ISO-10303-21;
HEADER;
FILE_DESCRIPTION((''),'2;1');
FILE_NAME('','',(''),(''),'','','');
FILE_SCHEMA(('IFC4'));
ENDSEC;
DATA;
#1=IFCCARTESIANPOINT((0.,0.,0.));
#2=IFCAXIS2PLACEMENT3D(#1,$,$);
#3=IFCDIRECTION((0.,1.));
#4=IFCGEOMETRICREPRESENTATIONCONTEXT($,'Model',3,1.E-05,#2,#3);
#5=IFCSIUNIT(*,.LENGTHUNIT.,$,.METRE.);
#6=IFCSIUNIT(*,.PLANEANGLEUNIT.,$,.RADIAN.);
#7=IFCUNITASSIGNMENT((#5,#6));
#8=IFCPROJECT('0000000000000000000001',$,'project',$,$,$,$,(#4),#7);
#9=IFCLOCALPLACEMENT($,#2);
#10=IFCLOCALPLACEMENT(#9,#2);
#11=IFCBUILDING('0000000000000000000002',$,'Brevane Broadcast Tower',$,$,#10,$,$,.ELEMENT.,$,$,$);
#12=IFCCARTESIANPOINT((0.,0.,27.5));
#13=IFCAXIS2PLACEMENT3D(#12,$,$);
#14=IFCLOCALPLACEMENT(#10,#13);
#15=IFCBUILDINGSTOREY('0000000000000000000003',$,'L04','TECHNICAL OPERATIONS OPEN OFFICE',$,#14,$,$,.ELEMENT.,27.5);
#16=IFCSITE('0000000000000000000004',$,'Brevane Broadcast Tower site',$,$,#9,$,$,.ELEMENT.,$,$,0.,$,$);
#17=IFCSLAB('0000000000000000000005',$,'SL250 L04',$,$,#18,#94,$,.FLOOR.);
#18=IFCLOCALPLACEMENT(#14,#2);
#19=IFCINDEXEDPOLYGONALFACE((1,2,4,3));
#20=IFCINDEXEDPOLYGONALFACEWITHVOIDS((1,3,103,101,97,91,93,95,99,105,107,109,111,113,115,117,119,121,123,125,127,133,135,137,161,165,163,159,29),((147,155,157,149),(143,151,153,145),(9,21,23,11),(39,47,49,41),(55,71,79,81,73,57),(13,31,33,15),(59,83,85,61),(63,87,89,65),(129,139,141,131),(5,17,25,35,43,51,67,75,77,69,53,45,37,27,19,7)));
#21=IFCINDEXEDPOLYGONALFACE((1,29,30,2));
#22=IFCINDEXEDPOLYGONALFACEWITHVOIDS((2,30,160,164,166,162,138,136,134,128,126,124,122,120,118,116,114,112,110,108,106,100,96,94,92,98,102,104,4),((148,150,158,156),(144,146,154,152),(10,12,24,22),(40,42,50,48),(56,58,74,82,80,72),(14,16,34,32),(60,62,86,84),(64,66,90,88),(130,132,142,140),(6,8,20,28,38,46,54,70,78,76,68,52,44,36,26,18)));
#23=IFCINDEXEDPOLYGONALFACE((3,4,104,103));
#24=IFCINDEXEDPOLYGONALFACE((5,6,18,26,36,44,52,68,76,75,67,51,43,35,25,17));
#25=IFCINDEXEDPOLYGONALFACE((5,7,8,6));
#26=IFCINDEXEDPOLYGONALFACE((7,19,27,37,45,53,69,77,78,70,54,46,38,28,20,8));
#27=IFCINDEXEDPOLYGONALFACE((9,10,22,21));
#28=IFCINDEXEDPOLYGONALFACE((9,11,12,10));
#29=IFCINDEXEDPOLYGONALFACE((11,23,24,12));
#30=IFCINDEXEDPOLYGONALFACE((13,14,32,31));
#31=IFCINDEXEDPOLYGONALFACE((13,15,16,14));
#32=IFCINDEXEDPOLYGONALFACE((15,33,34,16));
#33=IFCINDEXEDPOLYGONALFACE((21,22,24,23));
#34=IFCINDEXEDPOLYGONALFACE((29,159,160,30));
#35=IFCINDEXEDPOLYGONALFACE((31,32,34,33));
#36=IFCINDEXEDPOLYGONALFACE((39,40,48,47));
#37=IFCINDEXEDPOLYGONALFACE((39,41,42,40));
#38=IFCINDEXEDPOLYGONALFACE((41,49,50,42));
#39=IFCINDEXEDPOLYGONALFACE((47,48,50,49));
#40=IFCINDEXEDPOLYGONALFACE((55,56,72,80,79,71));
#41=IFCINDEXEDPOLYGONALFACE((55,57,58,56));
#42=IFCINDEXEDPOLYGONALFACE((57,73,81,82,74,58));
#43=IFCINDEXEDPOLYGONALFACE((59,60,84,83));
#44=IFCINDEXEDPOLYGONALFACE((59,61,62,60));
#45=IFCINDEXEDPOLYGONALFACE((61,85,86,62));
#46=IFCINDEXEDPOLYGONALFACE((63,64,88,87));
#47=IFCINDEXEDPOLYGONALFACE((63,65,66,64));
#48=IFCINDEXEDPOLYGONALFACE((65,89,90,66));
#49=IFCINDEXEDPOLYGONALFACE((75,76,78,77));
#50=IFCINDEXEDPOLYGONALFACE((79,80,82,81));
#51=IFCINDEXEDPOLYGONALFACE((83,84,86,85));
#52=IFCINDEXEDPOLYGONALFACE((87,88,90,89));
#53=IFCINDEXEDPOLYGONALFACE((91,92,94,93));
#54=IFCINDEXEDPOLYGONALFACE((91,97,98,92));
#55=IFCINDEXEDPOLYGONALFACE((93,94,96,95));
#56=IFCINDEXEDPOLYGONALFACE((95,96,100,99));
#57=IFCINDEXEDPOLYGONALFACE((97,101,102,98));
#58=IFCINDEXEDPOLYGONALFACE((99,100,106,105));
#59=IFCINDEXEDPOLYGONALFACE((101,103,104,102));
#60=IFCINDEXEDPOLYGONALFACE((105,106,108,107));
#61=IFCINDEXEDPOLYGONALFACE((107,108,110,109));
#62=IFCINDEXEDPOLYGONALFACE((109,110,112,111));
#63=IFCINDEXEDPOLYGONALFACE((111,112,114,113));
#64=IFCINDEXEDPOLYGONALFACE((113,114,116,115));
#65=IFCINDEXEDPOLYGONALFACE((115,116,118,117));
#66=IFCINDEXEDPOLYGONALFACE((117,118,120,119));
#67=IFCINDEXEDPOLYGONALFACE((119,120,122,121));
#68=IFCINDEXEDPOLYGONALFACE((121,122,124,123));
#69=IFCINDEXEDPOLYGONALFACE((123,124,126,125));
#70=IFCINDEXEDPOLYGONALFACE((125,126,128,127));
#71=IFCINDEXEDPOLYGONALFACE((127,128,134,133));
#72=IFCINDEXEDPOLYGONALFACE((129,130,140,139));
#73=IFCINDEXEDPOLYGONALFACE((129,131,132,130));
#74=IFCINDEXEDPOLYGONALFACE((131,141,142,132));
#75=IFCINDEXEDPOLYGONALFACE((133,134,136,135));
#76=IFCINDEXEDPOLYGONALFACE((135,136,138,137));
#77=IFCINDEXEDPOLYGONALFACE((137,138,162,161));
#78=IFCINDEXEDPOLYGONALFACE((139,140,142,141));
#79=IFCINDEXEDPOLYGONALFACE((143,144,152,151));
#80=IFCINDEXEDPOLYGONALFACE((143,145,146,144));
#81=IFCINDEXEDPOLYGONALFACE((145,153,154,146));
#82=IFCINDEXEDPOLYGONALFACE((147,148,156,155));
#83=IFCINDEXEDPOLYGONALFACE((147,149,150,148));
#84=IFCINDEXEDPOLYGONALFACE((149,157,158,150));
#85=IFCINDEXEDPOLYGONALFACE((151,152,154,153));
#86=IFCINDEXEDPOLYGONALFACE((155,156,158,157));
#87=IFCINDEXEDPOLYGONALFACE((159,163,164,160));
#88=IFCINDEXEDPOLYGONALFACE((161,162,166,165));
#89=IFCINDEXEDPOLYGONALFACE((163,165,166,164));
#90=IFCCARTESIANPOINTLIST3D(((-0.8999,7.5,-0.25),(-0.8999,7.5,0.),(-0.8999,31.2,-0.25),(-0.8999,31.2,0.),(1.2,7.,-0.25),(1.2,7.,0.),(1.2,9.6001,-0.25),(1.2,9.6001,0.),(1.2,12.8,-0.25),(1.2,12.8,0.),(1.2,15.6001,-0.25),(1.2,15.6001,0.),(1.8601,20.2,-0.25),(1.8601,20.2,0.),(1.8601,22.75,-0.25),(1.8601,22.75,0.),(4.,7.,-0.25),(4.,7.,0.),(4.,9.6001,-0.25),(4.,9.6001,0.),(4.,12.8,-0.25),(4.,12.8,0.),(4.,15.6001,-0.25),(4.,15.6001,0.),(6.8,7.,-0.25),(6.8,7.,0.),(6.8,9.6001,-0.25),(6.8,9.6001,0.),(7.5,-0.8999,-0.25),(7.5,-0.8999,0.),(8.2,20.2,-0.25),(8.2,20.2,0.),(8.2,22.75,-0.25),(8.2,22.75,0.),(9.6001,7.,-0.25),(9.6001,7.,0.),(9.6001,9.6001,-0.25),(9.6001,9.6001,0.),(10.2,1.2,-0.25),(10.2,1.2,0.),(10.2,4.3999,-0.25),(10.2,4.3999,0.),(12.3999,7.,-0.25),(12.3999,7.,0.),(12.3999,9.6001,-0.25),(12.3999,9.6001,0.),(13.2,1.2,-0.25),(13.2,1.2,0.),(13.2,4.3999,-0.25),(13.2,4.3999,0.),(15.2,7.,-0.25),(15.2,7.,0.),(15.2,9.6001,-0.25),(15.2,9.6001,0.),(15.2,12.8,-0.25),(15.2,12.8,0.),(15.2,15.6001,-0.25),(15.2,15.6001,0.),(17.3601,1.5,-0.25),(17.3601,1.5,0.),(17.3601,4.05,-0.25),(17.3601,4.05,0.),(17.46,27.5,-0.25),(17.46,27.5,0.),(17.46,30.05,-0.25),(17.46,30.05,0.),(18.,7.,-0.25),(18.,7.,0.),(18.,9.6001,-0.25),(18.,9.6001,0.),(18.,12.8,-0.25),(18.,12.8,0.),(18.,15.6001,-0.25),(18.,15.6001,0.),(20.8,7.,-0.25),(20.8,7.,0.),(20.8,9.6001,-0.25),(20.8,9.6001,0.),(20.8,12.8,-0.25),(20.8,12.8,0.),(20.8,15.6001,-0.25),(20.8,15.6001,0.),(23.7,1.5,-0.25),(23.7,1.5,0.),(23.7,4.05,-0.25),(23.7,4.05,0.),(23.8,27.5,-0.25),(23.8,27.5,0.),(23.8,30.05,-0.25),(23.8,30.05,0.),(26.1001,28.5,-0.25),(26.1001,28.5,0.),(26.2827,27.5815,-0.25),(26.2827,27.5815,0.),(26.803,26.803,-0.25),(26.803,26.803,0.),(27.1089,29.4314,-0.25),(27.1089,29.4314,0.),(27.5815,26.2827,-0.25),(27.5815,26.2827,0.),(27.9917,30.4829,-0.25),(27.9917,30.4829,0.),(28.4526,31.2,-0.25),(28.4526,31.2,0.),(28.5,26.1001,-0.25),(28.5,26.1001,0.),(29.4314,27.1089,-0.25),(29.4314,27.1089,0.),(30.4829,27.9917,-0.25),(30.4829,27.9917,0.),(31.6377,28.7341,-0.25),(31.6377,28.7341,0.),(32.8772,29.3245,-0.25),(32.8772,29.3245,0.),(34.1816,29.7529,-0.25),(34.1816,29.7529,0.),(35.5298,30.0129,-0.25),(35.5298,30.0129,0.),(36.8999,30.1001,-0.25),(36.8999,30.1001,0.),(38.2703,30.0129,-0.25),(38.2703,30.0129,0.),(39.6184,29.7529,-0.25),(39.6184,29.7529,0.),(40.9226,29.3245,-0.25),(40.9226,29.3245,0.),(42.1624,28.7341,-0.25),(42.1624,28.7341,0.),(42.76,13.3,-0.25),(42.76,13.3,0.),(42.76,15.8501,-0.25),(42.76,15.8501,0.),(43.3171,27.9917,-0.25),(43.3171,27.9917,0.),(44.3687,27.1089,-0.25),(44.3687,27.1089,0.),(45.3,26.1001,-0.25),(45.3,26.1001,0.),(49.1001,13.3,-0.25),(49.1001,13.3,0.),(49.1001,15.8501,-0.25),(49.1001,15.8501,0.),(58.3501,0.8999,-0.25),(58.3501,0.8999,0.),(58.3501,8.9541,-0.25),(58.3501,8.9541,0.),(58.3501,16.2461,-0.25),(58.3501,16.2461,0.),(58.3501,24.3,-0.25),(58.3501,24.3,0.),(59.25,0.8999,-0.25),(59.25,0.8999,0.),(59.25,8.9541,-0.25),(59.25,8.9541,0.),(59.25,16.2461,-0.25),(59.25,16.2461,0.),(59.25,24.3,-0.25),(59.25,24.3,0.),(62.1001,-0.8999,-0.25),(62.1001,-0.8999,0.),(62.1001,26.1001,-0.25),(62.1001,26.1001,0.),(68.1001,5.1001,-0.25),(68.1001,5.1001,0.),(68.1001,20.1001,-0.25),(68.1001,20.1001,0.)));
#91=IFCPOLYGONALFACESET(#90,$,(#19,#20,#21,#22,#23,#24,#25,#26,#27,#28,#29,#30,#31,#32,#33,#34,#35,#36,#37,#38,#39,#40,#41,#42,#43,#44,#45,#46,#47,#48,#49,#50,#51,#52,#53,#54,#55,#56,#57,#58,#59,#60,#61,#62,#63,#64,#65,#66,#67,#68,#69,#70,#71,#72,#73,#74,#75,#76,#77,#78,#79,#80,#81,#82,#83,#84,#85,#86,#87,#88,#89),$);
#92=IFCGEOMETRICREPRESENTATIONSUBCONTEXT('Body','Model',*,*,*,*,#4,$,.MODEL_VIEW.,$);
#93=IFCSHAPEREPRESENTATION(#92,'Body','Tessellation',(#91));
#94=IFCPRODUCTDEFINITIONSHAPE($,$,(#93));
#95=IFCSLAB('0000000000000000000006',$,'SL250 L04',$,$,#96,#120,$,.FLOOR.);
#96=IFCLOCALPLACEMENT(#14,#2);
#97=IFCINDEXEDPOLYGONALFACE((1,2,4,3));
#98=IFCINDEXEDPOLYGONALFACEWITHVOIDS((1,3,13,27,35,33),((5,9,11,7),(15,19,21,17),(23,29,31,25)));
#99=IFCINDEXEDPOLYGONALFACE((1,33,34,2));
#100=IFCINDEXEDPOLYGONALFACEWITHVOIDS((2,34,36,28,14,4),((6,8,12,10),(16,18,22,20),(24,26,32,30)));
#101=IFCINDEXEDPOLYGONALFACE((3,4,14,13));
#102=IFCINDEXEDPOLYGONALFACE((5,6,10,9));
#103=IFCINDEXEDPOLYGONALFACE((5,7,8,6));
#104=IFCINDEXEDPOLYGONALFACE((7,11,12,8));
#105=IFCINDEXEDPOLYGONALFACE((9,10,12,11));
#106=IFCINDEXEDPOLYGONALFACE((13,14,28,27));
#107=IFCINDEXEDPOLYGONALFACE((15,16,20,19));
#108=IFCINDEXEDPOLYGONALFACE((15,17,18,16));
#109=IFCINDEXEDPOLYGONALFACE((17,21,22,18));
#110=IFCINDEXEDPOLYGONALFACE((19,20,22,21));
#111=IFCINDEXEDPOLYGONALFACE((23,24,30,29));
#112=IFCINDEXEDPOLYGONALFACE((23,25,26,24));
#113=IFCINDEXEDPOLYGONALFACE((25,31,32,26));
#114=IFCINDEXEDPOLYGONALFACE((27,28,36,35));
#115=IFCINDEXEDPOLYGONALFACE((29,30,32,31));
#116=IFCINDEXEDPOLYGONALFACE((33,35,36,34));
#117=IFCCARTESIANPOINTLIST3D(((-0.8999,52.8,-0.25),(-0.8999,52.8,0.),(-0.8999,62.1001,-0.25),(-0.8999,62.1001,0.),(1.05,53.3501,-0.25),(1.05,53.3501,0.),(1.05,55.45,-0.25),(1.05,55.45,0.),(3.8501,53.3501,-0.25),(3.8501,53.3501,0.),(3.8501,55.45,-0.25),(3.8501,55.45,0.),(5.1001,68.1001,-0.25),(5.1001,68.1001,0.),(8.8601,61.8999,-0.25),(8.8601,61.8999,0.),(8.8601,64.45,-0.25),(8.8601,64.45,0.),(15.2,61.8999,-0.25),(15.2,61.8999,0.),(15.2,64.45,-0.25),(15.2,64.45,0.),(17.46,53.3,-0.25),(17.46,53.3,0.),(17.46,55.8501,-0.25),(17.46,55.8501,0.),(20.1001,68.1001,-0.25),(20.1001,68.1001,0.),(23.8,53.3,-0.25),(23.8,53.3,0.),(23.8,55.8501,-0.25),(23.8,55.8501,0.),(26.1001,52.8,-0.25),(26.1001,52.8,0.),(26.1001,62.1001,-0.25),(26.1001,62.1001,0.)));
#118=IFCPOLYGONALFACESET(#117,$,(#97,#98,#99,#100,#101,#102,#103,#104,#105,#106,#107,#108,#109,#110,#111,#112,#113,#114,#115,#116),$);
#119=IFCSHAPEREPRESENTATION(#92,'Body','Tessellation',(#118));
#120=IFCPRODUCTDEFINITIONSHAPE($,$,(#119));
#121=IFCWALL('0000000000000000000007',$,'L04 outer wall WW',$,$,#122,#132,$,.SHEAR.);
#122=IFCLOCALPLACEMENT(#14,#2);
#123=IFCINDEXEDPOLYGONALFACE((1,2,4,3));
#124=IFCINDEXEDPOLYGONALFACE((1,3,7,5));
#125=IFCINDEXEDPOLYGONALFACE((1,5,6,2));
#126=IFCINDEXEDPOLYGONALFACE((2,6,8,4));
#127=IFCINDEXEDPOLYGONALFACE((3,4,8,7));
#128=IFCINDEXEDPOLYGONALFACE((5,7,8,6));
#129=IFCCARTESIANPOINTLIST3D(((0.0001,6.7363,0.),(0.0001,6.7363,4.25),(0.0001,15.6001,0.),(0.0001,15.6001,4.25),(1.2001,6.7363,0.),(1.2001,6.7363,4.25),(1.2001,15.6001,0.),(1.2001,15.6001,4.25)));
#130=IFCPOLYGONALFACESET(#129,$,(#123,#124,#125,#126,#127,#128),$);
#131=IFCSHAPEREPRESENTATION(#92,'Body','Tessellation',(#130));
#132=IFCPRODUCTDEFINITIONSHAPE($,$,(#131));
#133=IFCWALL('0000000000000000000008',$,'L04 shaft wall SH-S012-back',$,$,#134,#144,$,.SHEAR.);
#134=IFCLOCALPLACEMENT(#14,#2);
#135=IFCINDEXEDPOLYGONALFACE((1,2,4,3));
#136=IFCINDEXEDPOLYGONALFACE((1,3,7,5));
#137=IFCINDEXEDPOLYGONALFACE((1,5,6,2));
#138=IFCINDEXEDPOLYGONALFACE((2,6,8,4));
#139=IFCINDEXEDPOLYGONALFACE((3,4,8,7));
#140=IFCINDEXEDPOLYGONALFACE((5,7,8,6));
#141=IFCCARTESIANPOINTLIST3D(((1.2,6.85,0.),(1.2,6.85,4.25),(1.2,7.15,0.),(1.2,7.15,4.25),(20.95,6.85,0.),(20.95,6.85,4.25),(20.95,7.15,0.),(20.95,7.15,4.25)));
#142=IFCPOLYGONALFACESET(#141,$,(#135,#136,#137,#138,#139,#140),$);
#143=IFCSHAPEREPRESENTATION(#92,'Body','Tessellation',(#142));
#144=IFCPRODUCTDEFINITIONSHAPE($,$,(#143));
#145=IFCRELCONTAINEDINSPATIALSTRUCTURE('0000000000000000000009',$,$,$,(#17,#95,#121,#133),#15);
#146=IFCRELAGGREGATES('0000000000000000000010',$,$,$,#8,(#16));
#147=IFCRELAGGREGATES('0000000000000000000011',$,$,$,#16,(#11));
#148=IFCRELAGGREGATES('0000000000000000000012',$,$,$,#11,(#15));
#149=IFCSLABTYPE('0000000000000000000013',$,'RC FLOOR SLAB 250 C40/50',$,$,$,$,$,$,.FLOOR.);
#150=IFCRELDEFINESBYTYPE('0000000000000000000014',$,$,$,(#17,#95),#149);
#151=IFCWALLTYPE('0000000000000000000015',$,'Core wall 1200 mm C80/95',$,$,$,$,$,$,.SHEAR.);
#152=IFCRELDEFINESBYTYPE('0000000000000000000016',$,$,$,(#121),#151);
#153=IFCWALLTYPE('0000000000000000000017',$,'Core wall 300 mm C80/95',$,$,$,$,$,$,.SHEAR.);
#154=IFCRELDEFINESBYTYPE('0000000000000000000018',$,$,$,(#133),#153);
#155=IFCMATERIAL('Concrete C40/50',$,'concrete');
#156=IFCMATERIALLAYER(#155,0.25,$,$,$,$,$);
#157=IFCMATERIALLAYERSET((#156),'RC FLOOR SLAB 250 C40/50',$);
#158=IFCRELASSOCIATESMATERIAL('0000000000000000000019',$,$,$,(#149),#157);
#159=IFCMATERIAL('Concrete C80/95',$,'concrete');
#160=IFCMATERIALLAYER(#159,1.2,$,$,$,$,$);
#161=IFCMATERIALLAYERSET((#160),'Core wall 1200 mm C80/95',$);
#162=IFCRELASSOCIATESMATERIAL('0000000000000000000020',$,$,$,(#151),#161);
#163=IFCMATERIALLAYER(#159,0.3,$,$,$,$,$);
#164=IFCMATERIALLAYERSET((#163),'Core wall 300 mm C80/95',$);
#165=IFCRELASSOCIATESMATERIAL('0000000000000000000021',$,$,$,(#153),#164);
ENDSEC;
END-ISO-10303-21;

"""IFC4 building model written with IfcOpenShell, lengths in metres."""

from ifc_helpers import new_model, si_unit, direction, frame, frame_2d, origin, place, context, subcontext, project, spatial, polyline, rectangle, outline, extrude, material, layer, layer_set, type_object, element, save


model = new_model("IFC4")

# Units and contexts
model_context = context("Model", 3, precision=1e-05, world=origin(), true_north=direction((0.0, 1.0)))
body_context = subcontext(model_context, "Body", "Model", "MODEL_VIEW")
ifc_project = project(units=[si_unit("LENGTHUNIT", "METRE"), si_unit("PLANEANGLEUNIT", "RADIAN")], contexts=[model_context])

# Site, building, storey
site_placement = place(None, origin())
site = spatial("IfcSite", under=ifc_project, at=site_placement, Name="Brevane Broadcast Tower site", CompositionType="ELEMENT", RefElevation=0.0)
building_placement = place(site_placement, origin())
building = spatial("IfcBuilding", under=site, at=building_placement, Name="Brevane Broadcast Tower", CompositionType="ELEMENT")
storey_placement = place(building_placement, frame((0.0, 0.0, 27.5)))
storey = spatial("IfcBuildingStorey", under=building, at=storey_placement, Name="L04", Description="TECHNICAL OPERATIONS OPEN OFFICE", CompositionType="ELEMENT", Elevation=27.5)

# Slabs
ifc_material_1 = material(Name="Concrete C40/50", Category="concrete")
ifc_layer_1 = layer(ifc_material_1, 0.25)
ifc_layer_set_1 = layer_set([ifc_layer_1], Name="RC FLOOR SLAB 250 C40/50")
slab_type_1 = type_object("IfcSlabType", Name="RC FLOOR SLAB 250 C40/50", PredefinedType="FLOOR", material=ifc_layer_set_1)
slab_1_placement = place(storey_placement, frame((0.0, 0.0, -0.25)))
element("IfcSlab", 1, at=slab_1_placement, inside=storey, type_object=slab_type_1, Name="SL250 L04", PredefinedType="FLOOR", context=body_context, shape_type="SweptSolid", body=[
    extrude(outline(polyline([(-0.8999, 31.2), (28.4526, 31.2), (27.9917, 30.4829), (27.1089, 29.4314), (26.1001, 28.5), (26.2827, 27.5815), (26.803, 26.803), (27.5815, 26.2827), (28.5, 26.1001), (29.4314, 27.1089), (30.4829, 27.9917), (31.6377, 28.7341), (32.8772, 29.3245), (34.1816, 29.7529), (35.5298, 30.0129), (36.8999, 30.1001), (38.2703, 30.0129), (39.6184, 29.7529), (40.9226, 29.3245), (42.1624, 28.7341), (43.3171, 27.9917), (44.3687, 27.1089), (45.3, 26.1001), (62.1001, 26.1001), (68.1001, 20.1001), (68.1001, 5.1001), (62.1001, -0.8999), (7.5, -0.8999), (-0.8999, 7.5), (-0.8999, 31.2)]), holes=[polyline([(13.2, 1.2), (13.2, 4.3999), (10.2, 4.3999), (10.2, 1.2), (13.2, 1.2)]), polyline([(6.8, 9.6001), (4.0, 9.6001), (1.2, 9.6001), (1.2, 7.0), (4.0, 7.0), (6.8, 7.0), (9.6001, 7.0), (12.3999, 7.0), (15.2, 7.0), (18.0, 7.0), (20.8, 7.0), (20.8, 9.6001), (18.0, 9.6001), (15.2, 9.6001), (12.3999, 9.6001), (9.6001, 9.6001), (6.8, 9.6001)]), polyline([(4.0, 12.8), (4.0, 15.6001), (1.2, 15.6001), (1.2, 12.8), (4.0, 12.8)]), polyline([(8.2, 22.75), (1.8601, 22.75), (1.8601, 20.2), (8.2, 20.2), (8.2, 22.75)]), polyline([(23.7, 4.05), (17.3601, 4.05), (17.3601, 1.5), (23.7, 1.5), (23.7, 4.05)]), polyline([(59.25, 8.9541), (58.3501, 8.9541), (58.3501, 0.8999), (59.25, 0.8999), (59.25, 8.9541)]), polyline([(15.2, 12.8), (18.0, 12.8), (20.8, 12.8), (20.8, 15.6001), (18.0, 15.6001), (15.2, 15.6001), (15.2, 12.8)]), polyline([(49.1001, 15.8501), (42.76, 15.8501), (42.76, 13.3), (49.1001, 13.3), (49.1001, 15.8501)]), polyline([(59.25, 24.3), (58.3501, 24.3), (58.3501, 16.2461), (59.25, 16.2461), (59.25, 24.3)]), polyline([(23.8, 27.5), (23.8, 30.05), (17.46, 30.05), (17.46, 27.5), (23.8, 27.5)])]), origin(), (0.0, 0.0, 1.0), 0.25),
])
slab_2_placement = place(storey_placement, frame((0.0, 0.0, -0.25)))
element("IfcSlab", 2, at=slab_2_placement, inside=storey, type_object=slab_type_1, Name="SL250 L04", PredefinedType="FLOOR", context=body_context, shape_type="SweptSolid", body=[
    extrude(outline(polyline([(5.1001, 68.1001), (20.1001, 68.1001), (26.1001, 62.1001), (26.1001, 52.8), (-0.8999, 52.8), (-0.8999, 62.1001), (5.1001, 68.1001)]), holes=[polyline([(1.05, 53.3501), (3.8501, 53.3501), (3.8501, 55.45), (1.05, 55.45), (1.05, 53.3501)]), polyline([(15.2, 61.8999), (15.2, 64.45), (8.8601, 64.45), (8.8601, 61.8999), (15.2, 61.8999)]), polyline([(23.8, 53.3), (23.8, 55.8501), (17.46, 55.8501), (17.46, 53.3), (23.8, 53.3)])]), origin(), (0.0, 0.0, 1.0), 0.25),
])

# Walls
ifc_material_2 = material(Name="Concrete C80/95", Category="concrete")
ifc_layer_2 = layer(ifc_material_2, 1.2)
ifc_layer_set_2 = layer_set([ifc_layer_2], Name="Core wall 1200 mm C80/95")
wall_type_1 = type_object("IfcWallType", Name="Core wall 1200 mm C80/95", PredefinedType="SHEAR", material=ifc_layer_set_2)
wall_1_placement = place(storey_placement, frame((0.6001, 6.7363, 0.0), z_axis=(0.0, 0.0, 1.0), x_axis=(0.0, 1.0, 0.0)))
element("IfcWall", 3, at=wall_1_placement, inside=storey, type_object=wall_type_1, Name="L04 outer wall WW", PredefinedType="SHEAR", context=body_context, shape_type="SweptSolid", body=[
    extrude(rectangle(XDim=8.8638, YDim=1.2, at=frame_2d((4.4319, 0.0))), origin(), (0.0, 0.0, 1.0), 4.25),
])
ifc_layer_3 = layer(ifc_material_2, 0.3)
ifc_layer_set_3 = layer_set([ifc_layer_3], Name="Core wall 300 mm C80/95")
wall_type_2 = type_object("IfcWallType", Name="Core wall 300 mm C80/95", PredefinedType="SHEAR", material=ifc_layer_set_3)
wall_2_placement = place(storey_placement, frame((1.2, 7.0, 0.0), z_axis=(0.0, 0.0, 1.0), x_axis=(1.0, 0.0, 0.0)))
element("IfcWall", 4, at=wall_2_placement, inside=storey, type_object=wall_type_2, Name="L04 shaft wall SH-S012-back", PredefinedType="SHEAR", context=body_context, shape_type="SweptSolid", body=[
    extrude(rectangle(XDim=19.75, YDim=0.3, at=frame_2d((9.875, 0.0))), origin(), (0.0, 0.0, 1.0), 4.25),
])

save(model, "model.ifc")
